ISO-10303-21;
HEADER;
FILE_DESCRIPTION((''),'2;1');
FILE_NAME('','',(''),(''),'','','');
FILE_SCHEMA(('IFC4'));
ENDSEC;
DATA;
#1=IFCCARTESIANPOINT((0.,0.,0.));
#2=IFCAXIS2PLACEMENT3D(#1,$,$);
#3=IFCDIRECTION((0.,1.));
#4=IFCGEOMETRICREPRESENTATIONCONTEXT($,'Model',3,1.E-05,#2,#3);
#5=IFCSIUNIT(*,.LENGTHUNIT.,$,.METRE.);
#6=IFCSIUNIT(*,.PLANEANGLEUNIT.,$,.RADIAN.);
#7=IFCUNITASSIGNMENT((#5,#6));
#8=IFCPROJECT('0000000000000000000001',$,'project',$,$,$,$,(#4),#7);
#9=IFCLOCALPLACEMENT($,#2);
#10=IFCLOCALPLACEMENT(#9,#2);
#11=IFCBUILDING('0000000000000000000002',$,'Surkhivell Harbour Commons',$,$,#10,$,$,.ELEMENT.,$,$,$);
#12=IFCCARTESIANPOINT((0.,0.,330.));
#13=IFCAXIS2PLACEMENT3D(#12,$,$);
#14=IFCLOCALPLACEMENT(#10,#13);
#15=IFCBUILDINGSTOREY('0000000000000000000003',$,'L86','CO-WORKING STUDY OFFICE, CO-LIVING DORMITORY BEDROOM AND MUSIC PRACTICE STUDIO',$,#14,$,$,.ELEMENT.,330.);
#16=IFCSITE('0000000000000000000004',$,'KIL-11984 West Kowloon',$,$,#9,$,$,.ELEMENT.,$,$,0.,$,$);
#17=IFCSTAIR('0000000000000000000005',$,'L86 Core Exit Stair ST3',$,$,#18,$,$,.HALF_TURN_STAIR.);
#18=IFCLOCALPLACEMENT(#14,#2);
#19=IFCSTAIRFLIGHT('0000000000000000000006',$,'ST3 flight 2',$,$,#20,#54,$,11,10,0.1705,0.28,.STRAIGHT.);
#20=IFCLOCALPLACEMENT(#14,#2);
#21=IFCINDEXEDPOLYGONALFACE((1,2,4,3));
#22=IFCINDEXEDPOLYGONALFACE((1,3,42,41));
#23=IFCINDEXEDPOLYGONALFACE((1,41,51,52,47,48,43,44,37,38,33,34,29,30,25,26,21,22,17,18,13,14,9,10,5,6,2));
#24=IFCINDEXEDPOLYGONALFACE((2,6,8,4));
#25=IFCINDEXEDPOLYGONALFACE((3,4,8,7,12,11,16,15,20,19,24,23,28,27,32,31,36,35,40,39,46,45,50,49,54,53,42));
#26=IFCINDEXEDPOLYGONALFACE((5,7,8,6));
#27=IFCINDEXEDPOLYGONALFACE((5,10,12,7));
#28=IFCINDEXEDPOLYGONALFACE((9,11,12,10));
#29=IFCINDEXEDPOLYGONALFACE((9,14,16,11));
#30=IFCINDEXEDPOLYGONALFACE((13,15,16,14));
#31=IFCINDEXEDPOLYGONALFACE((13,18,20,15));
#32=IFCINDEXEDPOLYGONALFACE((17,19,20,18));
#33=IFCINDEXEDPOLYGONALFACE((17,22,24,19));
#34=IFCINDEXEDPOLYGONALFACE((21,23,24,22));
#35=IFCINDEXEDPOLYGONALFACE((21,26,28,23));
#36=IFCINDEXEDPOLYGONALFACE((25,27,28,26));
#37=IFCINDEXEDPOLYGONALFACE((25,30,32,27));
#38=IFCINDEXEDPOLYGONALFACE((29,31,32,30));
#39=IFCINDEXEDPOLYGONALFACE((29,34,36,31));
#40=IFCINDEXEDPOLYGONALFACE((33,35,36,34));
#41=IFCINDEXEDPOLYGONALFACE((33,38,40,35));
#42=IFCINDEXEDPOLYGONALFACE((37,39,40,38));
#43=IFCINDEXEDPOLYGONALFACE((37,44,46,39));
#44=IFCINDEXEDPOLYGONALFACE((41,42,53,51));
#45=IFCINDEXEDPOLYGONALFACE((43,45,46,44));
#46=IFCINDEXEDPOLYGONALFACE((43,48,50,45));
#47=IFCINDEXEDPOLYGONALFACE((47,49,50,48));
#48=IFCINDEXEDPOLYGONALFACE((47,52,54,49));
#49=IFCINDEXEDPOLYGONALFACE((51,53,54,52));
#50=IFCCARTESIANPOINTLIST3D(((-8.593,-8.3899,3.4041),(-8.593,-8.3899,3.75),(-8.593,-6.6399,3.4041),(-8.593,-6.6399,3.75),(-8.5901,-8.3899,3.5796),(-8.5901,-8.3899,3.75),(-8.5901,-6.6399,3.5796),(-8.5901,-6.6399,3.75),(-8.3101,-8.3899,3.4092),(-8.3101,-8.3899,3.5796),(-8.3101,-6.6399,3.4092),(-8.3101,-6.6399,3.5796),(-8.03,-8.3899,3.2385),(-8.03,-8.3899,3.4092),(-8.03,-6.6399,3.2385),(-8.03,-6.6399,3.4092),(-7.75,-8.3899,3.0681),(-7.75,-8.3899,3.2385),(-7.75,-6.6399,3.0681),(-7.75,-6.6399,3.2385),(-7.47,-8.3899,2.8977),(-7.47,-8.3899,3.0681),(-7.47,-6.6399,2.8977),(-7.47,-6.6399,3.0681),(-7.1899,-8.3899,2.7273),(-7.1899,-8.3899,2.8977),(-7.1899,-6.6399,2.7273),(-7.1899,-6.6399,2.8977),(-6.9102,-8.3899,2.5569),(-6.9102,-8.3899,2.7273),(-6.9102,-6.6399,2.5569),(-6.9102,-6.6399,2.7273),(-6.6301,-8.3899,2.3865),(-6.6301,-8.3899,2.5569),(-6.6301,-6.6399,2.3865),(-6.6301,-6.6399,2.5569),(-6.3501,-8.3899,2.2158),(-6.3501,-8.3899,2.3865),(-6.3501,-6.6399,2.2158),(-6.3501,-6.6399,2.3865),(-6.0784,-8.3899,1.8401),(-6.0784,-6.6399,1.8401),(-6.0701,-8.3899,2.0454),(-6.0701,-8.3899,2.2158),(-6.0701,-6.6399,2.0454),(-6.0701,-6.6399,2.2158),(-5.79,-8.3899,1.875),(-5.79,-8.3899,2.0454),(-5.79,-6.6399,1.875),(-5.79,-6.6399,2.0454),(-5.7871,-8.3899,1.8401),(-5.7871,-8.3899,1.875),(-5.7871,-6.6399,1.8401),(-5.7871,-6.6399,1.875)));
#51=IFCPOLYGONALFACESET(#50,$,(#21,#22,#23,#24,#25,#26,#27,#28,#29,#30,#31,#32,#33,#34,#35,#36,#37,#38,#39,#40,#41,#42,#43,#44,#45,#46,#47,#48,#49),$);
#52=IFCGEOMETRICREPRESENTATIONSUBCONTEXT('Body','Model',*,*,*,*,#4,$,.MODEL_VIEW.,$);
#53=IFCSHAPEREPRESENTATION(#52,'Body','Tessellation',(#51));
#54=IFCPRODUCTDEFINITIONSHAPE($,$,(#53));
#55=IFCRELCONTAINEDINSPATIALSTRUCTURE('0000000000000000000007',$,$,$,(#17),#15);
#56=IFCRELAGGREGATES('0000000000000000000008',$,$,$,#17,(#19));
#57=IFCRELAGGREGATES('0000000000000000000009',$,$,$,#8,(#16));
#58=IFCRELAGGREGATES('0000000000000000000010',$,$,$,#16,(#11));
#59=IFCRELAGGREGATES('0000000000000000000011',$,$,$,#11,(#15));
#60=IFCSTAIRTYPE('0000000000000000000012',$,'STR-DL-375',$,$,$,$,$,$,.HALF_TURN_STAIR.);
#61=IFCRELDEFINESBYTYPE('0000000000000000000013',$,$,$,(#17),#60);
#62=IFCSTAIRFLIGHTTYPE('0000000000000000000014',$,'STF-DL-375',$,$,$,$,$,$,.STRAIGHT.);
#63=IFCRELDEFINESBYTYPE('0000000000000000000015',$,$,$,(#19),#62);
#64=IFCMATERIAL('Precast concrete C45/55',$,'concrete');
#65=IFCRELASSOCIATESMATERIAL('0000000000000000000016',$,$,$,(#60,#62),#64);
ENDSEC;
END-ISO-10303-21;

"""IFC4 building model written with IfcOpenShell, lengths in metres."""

from ifc_helpers import new_model, si_unit, direction, frame, origin, place, context, subcontext, project, spatial, polyline, outline, extrude, material, type_object, element, aggregate, save


model = new_model("IFC4")

# Units and contexts
model_context = context("Model", 3, precision=1e-05, world=origin(), true_north=direction((0.0, 1.0)))
body_context = subcontext(model_context, "Body", "Model", "MODEL_VIEW")
ifc_project = project(units=[si_unit("LENGTHUNIT", "METRE"), si_unit("PLANEANGLEUNIT", "RADIAN")], contexts=[model_context])

# Site, building, storey
site_placement = place(None, origin())
site = spatial("IfcSite", under=ifc_project, at=site_placement, Name="KIL-11984 West Kowloon", CompositionType="ELEMENT", RefElevation=0.0)
building_placement = place(site_placement, origin())
building = spatial("IfcBuilding", under=site, at=building_placement, Name="Surkhivell Harbour Commons", CompositionType="ELEMENT")
storey_placement = place(building_placement, frame((0.0, 0.0, 330.0)))
storey = spatial("IfcBuildingStorey", under=building, at=storey_placement, Name="L86", Description="CO-WORKING STUDY OFFICE, CO-LIVING DORMITORY BEDROOM AND MUSIC PRACTICE STUDIO", CompositionType="ELEMENT", Elevation=330.0)

# Stair, stair flight
ifc_material_1 = material(Name="Precast concrete C45/55", Category="concrete")
stair_type = type_object("IfcStairType", Name="STR-DL-375", PredefinedType="HALF_TURN_STAIR", material=ifc_material_1)
stair_placement = place(storey_placement, origin())
stair = element("IfcStair", 1, at=stair_placement, inside=storey, type_object=stair_type, Name="L86 Core Exit Stair ST3", PredefinedType="HALF_TURN_STAIR")
stair_flight_type = type_object("IfcStairFlightType", Name="STF-DL-375", PredefinedType="STRAIGHT", material=ifc_material_1)
stair_flight_placement = place(storey_placement, frame((-5.79, -7.5149, 1.875), z_axis=(0.0, 0.0, 1.0), x_axis=(-1.0, 0.0, 0.0)))
stair_flight = element("IfcStairFlight", 2, at=stair_flight_placement, type_object=stair_flight_type, Name="ST3 flight 2", NumberOfRisers=11, NumberOfTreads=10, PredefinedType="STRAIGHT", RiserHeight=0.1705, TreadLength=0.28, context=body_context, shape_type="SweptSolid", body=[
    extrude(outline(polyline([(-0.0029, -0.0349), (-0.0029, 0.0), (0.0, 0.0), (0.0, 0.1704), (0.28, 0.1704), (0.28, 0.3408), (0.5601, 0.3408), (0.5601, 0.5115), (0.8401, 0.5115), (0.8401, 0.6819), (1.1201, 0.6819), (1.1201, 0.8523), (1.3999, 0.8523), (1.3999, 1.0227), (1.6799, 1.0227), (1.6799, 1.1931), (1.96, 1.1931), (1.96, 1.3635), (2.24, 1.3635), (2.24, 1.5342), (2.52, 1.5342), (2.52, 1.7046), (2.8, 1.7046), (2.8, 1.875), (2.803, 1.875), (2.803, 1.5291), (0.2883, -0.0349), (-0.0029, -0.0349)])), frame((0.0, 0.875, 0.0), z_axis=(0.0, -1.0, 0.0), x_axis=(1.0, 0.0, 0.0)), (0.0, 0.0, 1.0), 1.75),
])
aggregate(stair, [stair_flight])

save(model, "model.ifc")
